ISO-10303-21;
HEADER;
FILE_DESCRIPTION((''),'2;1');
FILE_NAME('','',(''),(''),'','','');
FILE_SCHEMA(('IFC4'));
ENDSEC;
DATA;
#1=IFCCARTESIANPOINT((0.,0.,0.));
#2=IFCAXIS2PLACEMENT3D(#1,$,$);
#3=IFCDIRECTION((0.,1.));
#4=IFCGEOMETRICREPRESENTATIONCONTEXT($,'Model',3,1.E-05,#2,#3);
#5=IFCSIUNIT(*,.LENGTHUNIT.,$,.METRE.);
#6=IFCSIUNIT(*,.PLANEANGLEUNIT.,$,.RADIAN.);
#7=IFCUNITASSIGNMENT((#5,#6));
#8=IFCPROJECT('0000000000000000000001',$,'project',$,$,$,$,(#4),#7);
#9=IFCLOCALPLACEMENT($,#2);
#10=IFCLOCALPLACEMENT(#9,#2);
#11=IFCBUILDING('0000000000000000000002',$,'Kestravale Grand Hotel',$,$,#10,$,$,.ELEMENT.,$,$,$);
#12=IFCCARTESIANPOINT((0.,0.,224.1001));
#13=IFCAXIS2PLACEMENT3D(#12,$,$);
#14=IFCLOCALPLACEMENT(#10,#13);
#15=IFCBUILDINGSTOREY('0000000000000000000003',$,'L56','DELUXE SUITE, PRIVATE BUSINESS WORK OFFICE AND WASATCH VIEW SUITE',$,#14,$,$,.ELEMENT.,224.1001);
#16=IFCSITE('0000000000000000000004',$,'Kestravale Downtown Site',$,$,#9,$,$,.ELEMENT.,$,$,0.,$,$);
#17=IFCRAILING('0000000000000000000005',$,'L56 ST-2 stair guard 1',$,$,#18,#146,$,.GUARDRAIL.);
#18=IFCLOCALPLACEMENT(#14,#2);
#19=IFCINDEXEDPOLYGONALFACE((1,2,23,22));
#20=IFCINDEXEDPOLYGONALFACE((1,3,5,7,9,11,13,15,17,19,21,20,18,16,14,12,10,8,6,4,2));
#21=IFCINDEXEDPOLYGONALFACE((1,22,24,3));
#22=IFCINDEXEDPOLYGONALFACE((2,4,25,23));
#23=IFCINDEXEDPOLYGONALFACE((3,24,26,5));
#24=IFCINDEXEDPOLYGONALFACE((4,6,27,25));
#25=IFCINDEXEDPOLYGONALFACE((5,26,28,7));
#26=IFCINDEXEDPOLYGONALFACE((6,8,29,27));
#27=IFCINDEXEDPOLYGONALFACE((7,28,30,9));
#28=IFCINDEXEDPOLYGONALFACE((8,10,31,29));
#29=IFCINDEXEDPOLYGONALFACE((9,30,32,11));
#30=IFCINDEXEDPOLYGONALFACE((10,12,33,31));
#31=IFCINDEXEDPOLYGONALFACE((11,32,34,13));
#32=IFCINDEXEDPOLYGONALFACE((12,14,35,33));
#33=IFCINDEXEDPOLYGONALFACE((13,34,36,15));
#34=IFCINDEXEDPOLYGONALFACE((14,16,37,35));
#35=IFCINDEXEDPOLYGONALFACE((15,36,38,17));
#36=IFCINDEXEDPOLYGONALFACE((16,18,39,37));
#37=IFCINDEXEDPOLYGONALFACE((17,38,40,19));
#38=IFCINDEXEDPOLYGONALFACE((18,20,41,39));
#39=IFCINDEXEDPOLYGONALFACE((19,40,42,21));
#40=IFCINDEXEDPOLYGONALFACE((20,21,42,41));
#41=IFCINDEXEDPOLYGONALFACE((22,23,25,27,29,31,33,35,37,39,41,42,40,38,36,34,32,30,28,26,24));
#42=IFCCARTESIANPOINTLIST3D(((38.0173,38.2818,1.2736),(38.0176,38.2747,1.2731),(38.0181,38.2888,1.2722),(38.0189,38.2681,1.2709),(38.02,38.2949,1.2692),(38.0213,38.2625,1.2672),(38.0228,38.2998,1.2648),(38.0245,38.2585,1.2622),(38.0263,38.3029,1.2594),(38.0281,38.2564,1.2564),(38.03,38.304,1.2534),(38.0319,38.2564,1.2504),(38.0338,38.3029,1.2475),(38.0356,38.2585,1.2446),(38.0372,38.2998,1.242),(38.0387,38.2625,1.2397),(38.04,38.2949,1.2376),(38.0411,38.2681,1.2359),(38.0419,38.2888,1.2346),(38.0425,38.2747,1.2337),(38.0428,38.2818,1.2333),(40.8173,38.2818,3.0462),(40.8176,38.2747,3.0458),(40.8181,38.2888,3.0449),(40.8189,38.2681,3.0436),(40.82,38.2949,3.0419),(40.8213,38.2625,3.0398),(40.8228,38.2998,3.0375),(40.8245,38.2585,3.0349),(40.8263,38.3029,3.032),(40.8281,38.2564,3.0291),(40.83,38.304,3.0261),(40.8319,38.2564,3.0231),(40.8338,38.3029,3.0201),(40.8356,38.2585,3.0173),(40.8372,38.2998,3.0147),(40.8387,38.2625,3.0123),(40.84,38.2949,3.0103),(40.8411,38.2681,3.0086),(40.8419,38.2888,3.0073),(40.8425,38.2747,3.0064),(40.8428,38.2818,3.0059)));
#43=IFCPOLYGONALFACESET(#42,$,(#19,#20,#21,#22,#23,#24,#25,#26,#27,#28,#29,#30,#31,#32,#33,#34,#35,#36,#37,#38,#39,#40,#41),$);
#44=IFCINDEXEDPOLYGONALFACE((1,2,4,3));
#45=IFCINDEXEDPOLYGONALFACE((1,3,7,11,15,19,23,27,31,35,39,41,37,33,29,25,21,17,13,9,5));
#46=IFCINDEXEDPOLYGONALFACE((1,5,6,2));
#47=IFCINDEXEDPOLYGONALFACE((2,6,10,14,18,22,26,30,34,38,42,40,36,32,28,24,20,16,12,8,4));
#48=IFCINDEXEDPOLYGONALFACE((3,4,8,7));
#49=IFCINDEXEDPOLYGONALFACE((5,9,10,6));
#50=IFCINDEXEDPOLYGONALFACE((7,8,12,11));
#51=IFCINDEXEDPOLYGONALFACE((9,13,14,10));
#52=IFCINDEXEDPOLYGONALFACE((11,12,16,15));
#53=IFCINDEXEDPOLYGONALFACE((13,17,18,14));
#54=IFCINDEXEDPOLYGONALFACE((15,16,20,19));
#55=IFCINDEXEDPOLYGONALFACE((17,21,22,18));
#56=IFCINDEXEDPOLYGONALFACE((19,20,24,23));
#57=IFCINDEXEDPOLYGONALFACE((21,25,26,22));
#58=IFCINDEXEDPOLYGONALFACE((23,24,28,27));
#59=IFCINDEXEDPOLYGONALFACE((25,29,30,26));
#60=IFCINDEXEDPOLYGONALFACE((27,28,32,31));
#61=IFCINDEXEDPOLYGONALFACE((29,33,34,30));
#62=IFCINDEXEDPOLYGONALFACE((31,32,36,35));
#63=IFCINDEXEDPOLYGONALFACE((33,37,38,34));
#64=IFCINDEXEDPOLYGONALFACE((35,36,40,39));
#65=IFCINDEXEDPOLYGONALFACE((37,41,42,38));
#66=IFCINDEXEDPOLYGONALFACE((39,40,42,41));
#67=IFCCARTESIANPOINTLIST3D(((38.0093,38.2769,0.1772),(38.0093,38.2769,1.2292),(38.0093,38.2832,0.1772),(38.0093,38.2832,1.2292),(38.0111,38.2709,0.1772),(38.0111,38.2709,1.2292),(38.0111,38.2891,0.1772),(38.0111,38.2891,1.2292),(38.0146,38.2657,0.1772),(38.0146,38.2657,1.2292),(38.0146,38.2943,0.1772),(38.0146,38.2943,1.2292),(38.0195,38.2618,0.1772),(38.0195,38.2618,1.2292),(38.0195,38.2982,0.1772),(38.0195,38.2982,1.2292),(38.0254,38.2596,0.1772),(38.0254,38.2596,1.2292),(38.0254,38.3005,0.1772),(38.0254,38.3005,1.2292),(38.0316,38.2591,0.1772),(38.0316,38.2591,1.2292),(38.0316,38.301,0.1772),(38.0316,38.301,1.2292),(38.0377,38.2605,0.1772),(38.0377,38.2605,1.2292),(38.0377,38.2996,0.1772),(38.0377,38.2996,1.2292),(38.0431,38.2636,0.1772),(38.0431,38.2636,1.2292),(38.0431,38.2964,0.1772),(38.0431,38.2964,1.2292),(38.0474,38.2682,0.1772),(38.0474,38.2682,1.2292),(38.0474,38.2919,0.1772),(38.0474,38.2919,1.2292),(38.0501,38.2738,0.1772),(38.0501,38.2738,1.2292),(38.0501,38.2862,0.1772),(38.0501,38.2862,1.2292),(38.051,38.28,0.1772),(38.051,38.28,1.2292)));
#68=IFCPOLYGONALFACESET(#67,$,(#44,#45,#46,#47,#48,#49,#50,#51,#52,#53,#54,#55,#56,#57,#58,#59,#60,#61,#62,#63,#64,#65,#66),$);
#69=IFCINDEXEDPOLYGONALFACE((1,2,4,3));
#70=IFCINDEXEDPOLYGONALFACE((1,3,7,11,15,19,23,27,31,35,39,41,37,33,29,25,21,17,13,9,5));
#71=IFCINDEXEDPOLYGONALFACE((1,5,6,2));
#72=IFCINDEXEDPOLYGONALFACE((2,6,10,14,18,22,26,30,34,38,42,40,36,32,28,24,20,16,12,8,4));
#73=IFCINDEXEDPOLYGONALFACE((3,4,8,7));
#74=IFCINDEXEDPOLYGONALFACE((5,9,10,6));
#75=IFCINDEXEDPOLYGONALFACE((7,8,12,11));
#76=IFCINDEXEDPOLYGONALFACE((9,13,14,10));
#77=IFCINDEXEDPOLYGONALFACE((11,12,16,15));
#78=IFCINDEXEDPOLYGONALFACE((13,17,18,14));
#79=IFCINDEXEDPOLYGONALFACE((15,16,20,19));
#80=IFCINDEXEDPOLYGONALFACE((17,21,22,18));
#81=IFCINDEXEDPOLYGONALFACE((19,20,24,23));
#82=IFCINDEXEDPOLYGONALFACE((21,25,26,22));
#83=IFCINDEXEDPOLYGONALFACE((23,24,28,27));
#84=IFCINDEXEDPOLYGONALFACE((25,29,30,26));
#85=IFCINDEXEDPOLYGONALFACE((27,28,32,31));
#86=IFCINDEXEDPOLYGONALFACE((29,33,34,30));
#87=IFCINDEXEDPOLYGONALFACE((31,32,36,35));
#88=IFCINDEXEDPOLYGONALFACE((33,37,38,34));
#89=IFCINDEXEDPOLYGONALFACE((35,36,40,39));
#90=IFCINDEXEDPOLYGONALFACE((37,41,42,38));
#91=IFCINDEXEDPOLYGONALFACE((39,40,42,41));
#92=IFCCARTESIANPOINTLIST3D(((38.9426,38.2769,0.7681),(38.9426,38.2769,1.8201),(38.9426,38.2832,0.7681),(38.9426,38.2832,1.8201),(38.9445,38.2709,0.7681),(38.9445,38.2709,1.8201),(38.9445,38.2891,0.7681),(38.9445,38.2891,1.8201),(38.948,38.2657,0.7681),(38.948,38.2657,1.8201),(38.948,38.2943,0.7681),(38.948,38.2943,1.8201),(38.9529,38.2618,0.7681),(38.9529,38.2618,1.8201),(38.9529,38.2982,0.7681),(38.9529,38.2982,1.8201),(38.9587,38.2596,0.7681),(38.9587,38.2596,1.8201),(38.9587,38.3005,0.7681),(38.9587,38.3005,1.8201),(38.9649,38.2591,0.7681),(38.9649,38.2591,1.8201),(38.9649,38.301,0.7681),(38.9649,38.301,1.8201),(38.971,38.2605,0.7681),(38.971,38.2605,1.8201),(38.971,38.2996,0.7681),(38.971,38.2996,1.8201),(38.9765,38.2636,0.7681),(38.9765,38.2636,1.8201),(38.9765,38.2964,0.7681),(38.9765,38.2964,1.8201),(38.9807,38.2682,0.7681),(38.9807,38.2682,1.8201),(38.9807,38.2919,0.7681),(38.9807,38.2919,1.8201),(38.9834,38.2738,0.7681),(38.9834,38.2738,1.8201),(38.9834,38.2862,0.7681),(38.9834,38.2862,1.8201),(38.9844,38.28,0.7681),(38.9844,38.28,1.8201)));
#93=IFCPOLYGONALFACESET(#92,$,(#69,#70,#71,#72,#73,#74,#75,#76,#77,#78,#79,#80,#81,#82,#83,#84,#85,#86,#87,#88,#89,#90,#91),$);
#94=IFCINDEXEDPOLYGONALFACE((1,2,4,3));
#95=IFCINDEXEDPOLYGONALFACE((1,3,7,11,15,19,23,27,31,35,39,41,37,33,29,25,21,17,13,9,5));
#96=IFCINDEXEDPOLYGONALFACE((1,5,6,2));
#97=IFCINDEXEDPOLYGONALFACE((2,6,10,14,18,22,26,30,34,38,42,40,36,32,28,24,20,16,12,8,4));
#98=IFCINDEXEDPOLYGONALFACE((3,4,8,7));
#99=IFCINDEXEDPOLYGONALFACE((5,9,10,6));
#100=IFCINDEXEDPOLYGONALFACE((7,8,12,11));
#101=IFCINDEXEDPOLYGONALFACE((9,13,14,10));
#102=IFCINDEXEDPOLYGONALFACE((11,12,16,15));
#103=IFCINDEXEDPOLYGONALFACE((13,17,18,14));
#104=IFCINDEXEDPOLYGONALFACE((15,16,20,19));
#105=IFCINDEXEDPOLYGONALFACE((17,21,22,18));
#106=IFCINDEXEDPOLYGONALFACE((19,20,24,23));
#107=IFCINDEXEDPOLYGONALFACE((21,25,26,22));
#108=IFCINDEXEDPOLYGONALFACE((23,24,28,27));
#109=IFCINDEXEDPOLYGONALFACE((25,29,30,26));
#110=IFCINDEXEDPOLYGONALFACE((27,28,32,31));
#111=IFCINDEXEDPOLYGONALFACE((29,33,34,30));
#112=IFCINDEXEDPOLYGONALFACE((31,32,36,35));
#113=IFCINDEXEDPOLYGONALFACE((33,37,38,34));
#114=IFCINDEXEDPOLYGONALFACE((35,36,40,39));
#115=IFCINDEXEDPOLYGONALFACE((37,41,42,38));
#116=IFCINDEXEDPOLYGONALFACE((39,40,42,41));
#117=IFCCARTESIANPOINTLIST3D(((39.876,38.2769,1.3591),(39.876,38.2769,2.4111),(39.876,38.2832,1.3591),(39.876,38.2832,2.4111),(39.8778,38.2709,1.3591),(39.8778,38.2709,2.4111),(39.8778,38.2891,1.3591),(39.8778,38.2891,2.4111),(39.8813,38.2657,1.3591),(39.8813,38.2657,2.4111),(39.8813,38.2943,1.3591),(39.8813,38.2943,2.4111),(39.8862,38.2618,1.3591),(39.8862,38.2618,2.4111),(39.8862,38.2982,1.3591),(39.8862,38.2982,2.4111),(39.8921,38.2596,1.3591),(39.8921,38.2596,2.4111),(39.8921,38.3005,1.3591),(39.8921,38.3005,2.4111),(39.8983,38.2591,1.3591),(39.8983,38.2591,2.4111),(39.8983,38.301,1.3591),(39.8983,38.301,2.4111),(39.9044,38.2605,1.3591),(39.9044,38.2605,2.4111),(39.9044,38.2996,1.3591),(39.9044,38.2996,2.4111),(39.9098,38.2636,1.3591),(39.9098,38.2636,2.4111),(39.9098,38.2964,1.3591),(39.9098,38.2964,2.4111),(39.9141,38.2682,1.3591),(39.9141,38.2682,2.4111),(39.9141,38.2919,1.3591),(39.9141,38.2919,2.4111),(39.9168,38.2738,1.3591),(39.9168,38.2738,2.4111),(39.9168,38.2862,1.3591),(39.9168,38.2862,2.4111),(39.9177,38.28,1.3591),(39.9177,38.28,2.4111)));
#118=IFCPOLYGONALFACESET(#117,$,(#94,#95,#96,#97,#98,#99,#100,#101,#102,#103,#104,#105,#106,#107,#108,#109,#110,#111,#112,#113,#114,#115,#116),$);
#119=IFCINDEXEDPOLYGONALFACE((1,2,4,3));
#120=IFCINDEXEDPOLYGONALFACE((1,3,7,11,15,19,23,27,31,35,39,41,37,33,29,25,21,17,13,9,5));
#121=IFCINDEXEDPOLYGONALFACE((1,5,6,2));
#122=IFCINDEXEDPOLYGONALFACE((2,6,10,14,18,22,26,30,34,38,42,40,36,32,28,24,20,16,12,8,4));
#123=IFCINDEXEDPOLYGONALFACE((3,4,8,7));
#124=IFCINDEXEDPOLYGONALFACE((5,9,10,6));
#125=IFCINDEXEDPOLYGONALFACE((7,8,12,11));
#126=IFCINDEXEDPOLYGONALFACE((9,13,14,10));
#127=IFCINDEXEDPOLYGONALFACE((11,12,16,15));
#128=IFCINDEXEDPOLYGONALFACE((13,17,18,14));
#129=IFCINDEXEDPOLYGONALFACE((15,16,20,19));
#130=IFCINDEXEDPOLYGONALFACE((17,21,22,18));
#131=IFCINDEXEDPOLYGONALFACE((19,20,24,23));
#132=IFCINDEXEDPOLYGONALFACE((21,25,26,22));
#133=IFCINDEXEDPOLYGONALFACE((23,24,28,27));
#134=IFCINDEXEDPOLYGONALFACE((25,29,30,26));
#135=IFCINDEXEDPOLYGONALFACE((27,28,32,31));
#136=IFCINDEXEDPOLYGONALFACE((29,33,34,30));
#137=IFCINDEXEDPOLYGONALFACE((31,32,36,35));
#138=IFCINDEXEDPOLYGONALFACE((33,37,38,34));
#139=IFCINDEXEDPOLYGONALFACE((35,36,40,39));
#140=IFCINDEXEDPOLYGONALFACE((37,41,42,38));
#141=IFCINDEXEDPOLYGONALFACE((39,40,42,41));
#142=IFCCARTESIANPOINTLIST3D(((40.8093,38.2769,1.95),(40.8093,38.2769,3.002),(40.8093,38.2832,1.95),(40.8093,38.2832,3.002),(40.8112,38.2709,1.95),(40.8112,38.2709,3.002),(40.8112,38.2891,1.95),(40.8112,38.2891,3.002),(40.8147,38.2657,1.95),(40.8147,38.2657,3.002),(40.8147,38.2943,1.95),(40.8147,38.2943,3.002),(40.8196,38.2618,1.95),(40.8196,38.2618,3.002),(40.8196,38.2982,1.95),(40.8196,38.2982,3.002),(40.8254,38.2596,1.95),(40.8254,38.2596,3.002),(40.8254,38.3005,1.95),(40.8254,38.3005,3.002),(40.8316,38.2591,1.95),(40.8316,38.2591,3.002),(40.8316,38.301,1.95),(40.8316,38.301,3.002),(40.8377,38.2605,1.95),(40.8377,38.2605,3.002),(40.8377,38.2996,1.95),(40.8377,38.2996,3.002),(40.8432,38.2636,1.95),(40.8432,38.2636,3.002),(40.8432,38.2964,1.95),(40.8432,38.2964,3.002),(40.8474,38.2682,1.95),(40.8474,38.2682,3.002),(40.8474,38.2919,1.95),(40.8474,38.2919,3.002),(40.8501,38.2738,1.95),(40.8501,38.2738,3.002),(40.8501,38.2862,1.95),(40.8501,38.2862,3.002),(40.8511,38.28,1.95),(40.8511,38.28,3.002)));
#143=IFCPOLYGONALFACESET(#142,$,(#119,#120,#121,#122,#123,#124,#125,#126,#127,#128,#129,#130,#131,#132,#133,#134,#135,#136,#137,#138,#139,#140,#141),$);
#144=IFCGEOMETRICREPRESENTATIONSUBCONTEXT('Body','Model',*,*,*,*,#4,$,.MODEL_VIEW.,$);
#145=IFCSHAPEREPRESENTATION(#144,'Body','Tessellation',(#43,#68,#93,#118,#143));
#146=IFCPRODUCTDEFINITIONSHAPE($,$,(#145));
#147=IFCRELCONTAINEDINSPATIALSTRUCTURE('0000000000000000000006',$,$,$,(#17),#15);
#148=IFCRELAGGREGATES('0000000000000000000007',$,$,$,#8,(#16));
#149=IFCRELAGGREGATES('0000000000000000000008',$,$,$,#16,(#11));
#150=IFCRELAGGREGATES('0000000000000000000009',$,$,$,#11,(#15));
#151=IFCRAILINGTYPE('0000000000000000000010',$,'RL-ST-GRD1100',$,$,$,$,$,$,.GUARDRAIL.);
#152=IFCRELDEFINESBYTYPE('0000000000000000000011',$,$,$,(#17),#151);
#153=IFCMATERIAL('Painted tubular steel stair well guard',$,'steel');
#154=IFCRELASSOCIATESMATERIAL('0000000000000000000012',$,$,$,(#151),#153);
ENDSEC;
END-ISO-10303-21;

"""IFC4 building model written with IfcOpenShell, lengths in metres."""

from ifc_helpers import new_model, si_unit, direction, frame, origin, origin_2d, place, context, subcontext, project, spatial, circle, extrude, material, type_object, element, save


model = new_model("IFC4")

# Units and contexts
model_context = context("Model", 3, precision=1e-05, world=origin(), true_north=direction((0.0, 1.0)))
body_context = subcontext(model_context, "Body", "Model", "MODEL_VIEW")
ifc_project = project(units=[si_unit("LENGTHUNIT", "METRE"), si_unit("PLANEANGLEUNIT", "RADIAN")], contexts=[model_context])

# Site, building, storey
site_placement = place(None, origin())
site = spatial("IfcSite", under=ifc_project, at=site_placement, Name="Kestravale Downtown Site", CompositionType="ELEMENT", RefElevation=0.0)
building_placement = place(site_placement, origin())
building = spatial("IfcBuilding", under=site, at=building_placement, Name="Kestravale Grand Hotel", CompositionType="ELEMENT")
storey_placement = place(building_placement, frame((0.0, 0.0, 224.1001)))
storey = spatial("IfcBuildingStorey", under=building, at=storey_placement, Name="L56", Description="DELUXE SUITE, PRIVATE BUSINESS WORK OFFICE AND WASATCH VIEW SUITE", CompositionType="ELEMENT", Elevation=224.1001)

# Railing
ifc_material_1 = material(Name="Painted tubular steel stair well guard", Category="steel")
railing_type = type_object("IfcRailingType", Name="RL-ST-GRD1100", PredefinedType="GUARDRAIL", material=ifc_material_1)
railing_1_placement = place(storey_placement, frame((38.03, 38.28, 0.1772)))
element("IfcRailing", 1, at=railing_1_placement, inside=storey, type_object=railing_type, Name="L56 ST-2 stair guard 1", PredefinedType="GUARDRAIL", context=body_context, shape_type="SweptSolid", body=[
    extrude(circle(Radius=0.0239, at=origin_2d()), frame((0.0, 0.0, 1.0762), z_axis=(0.844909, 0.0, 0.53491), x_axis=(0.0, 1.0, 0.0)), (0.0, 0.0, 1.0), 3.314),
    extrude(circle(Radius=0.021, at=origin_2d()), origin(), (0.0, 0.0, 1.0), 1.052),
    extrude(circle(Radius=0.021, at=origin_2d()), frame((0.9333, 0.0, 0.5908)), (0.0, 0.0, 1.0), 1.052),
    extrude(circle(Radius=0.021, at=origin_2d()), frame((1.8667, 0.0, 1.1819)), (0.0, 0.0, 1.0), 1.052),
    extrude(circle(Radius=0.021, at=origin_2d()), frame((2.8, 0.0, 1.7727)), (0.0, 0.0, 1.0), 1.052),
])

save(model, "model.ifc")
